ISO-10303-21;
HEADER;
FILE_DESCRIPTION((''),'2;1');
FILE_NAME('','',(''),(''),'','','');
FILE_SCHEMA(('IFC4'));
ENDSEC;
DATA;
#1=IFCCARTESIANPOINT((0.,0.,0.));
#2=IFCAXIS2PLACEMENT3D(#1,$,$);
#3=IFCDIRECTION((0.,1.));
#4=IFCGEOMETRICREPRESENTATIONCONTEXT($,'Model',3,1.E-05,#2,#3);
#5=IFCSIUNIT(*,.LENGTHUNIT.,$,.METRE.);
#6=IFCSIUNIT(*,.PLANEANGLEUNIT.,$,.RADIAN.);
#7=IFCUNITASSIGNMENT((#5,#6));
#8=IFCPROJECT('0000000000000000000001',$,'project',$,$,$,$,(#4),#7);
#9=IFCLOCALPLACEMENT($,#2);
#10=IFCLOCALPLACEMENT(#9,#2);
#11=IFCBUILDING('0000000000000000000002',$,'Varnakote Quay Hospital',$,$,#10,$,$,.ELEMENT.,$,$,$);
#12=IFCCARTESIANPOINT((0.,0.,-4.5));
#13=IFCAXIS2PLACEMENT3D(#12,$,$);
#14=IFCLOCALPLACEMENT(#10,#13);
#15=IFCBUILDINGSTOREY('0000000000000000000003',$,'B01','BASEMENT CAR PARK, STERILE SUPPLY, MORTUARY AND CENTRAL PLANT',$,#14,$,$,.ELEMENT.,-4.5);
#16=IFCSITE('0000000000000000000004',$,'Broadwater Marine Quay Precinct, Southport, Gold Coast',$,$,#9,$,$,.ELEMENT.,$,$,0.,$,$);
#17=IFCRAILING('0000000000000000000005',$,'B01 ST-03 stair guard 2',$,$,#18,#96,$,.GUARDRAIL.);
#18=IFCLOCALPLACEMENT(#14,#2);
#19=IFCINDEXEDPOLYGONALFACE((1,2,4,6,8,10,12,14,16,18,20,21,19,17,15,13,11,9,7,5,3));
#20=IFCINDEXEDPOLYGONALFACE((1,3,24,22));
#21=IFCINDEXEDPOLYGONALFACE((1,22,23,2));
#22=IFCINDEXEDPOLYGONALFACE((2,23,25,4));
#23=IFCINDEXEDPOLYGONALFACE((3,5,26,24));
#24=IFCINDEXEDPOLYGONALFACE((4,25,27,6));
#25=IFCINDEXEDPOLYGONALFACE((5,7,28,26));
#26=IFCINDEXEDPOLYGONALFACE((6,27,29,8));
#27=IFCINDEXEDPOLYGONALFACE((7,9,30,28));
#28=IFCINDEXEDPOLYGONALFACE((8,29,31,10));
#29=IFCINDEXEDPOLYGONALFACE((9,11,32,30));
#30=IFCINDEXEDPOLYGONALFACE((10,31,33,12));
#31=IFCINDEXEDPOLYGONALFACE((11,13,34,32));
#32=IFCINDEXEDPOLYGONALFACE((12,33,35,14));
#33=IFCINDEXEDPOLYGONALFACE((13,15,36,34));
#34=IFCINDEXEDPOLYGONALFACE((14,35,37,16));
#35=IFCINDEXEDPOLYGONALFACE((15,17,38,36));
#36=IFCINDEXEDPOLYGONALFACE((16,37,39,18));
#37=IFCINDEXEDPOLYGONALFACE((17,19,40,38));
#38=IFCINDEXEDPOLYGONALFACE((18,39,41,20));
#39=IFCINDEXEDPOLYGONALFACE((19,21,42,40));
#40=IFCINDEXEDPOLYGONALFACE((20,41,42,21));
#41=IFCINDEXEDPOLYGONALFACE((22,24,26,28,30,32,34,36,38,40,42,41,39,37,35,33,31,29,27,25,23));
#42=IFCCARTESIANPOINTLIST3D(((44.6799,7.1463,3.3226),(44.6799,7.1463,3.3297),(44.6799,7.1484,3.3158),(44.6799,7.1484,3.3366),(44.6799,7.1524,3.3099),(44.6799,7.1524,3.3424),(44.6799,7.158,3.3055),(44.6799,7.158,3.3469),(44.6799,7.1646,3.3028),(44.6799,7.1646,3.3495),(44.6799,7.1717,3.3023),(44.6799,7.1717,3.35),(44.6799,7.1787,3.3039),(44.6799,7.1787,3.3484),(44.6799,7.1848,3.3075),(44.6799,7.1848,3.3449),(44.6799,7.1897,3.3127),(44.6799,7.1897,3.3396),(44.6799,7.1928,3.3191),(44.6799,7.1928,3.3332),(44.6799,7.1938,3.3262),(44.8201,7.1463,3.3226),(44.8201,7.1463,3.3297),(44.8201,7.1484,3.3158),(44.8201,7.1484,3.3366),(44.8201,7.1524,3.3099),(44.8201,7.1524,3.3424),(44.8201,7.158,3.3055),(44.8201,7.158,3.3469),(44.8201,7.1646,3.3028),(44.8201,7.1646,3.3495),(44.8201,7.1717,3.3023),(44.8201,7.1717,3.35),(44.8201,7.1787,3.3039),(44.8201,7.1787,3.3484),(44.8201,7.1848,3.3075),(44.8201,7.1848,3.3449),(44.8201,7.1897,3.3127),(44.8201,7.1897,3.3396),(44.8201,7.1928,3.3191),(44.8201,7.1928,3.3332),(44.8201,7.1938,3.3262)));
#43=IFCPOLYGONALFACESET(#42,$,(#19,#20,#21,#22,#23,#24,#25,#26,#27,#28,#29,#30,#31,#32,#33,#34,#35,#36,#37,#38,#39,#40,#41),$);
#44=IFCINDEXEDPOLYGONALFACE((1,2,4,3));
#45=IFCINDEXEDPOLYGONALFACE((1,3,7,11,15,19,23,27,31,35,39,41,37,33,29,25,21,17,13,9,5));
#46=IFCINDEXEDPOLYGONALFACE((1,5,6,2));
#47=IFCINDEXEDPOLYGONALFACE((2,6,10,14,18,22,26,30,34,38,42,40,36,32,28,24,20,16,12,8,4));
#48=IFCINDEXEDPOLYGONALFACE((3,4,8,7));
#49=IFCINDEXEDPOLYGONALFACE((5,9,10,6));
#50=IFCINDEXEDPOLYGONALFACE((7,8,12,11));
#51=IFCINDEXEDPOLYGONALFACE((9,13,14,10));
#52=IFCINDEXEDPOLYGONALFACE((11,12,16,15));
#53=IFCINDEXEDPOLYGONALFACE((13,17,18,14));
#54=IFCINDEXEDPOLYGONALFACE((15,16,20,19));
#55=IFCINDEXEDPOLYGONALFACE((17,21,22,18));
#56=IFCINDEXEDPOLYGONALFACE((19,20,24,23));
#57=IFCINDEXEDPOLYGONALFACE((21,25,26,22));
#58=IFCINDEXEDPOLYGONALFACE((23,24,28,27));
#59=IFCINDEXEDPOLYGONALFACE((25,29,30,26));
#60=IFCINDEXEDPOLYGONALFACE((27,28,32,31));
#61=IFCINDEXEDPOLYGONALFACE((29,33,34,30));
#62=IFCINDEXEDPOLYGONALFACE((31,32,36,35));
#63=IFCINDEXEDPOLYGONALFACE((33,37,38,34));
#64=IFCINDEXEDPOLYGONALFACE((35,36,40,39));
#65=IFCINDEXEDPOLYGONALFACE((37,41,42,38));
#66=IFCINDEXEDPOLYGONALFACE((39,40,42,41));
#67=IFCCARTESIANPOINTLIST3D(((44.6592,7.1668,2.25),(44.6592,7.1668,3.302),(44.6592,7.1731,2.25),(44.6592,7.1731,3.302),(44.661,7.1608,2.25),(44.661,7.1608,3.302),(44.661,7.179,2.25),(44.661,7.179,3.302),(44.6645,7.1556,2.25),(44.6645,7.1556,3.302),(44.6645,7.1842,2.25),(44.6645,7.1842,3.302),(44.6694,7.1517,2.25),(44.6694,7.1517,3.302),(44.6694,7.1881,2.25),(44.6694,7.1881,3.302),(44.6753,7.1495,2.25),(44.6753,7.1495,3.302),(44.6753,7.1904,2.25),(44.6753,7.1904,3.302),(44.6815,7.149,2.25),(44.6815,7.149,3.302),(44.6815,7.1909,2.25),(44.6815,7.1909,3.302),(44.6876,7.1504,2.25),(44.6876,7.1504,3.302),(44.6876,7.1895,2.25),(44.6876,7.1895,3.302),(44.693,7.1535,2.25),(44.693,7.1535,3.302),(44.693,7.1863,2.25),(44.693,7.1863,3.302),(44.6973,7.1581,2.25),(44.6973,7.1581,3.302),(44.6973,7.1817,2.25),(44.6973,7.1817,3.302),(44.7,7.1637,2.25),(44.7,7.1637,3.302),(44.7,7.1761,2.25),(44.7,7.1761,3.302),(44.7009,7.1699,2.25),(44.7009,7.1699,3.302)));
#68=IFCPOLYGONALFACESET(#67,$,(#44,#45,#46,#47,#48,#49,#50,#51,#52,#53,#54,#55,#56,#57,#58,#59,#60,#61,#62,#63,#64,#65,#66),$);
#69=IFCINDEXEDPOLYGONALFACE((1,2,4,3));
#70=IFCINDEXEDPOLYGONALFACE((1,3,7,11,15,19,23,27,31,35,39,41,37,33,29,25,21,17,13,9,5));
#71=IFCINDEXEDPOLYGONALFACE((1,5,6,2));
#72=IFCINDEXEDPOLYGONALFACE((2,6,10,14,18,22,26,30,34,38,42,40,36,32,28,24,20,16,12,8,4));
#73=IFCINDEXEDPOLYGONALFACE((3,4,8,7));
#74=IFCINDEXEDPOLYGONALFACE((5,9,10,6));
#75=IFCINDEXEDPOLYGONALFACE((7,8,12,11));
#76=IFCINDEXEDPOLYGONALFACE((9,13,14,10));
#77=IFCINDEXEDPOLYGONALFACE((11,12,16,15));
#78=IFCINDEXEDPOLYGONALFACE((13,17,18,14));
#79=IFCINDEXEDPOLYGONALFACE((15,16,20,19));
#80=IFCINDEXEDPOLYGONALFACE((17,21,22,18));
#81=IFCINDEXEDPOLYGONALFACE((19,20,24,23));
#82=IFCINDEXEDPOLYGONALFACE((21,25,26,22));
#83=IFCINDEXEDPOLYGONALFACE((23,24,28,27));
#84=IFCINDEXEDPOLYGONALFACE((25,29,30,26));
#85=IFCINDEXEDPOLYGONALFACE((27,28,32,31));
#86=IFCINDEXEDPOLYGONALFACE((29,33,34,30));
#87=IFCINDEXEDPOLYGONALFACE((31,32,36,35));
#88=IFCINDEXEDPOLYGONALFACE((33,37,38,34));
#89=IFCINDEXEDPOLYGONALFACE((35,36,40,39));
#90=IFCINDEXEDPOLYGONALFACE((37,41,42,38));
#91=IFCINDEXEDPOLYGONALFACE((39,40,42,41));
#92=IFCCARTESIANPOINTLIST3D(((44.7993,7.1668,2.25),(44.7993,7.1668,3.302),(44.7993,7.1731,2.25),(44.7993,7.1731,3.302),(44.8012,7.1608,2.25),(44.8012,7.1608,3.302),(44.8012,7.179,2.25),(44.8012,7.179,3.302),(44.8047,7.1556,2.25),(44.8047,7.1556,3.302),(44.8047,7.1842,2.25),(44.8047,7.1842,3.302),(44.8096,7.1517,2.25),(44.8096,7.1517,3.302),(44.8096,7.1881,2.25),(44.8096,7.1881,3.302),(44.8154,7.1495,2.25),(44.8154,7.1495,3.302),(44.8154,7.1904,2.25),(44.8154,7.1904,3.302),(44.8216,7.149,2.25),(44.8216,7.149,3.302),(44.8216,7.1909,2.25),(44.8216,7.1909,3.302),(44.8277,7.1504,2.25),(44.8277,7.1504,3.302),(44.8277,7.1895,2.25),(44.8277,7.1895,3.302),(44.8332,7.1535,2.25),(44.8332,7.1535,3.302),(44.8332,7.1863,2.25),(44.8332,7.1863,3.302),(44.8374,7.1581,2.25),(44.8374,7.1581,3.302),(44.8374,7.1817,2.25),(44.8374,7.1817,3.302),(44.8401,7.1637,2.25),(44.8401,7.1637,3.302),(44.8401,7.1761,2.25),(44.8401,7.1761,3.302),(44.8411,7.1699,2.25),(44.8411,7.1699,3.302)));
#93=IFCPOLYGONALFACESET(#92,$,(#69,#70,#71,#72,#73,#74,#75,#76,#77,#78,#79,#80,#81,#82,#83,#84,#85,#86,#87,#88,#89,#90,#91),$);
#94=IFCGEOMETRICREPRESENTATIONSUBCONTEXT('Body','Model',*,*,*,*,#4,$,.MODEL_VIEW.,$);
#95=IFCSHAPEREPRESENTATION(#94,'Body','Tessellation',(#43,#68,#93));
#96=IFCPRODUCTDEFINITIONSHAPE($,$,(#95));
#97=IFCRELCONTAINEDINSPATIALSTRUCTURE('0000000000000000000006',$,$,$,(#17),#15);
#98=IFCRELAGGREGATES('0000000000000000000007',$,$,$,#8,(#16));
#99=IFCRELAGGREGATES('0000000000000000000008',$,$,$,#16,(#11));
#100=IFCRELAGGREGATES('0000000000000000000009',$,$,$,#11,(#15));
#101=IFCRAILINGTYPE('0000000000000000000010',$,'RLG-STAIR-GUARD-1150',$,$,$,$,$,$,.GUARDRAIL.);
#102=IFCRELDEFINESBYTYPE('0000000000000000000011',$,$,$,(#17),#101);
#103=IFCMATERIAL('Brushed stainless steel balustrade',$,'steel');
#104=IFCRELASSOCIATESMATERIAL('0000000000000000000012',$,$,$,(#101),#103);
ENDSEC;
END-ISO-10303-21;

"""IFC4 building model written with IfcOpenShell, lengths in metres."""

from ifc_helpers import new_model, si_unit, direction, frame, origin, origin_2d, place, context, subcontext, project, spatial, circle, extrude, material, type_object, element, save


model = new_model("IFC4")

# Units and contexts
model_context = context("Model", 3, precision=1e-05, world=origin(), true_north=direction((0.0, 1.0)))
body_context = subcontext(model_context, "Body", "Model", "MODEL_VIEW")
ifc_project = project(units=[si_unit("LENGTHUNIT", "METRE"), si_unit("PLANEANGLEUNIT", "RADIAN")], contexts=[model_context])

# Site, building, storey
site_placement = place(None, origin())
site = spatial("IfcSite", under=ifc_project, at=site_placement, Name="Broadwater Marine Quay Precinct, Southport, Gold Coast", CompositionType="ELEMENT", RefElevation=0.0)
building_placement = place(site_placement, origin())
building = spatial("IfcBuilding", under=site, at=building_placement, Name="Varnakote Quay Hospital", CompositionType="ELEMENT")
storey_placement = place(building_placement, frame((0.0, 0.0, -4.5)))
storey = spatial("IfcBuildingStorey", under=building, at=storey_placement, Name="B01", Description="BASEMENT CAR PARK, STERILE SUPPLY, MORTUARY AND CENTRAL PLANT", CompositionType="ELEMENT", Elevation=-4.5)

# Railing
ifc_material_1 = material(Name="Brushed stainless steel balustrade", Category="steel")
railing_type_1 = type_object("IfcRailingType", Name="RLG-STAIR-GUARD-1150", PredefinedType="GUARDRAIL", material=ifc_material_1)
railing_1_placement = place(storey_placement, frame((44.6799, 7.1699, 2.25)))
element("IfcRailing", 1, at=railing_1_placement, inside=storey, type_object=railing_type_1, Name="B01 ST-03 stair guard 2", PredefinedType="GUARDRAIL", context=body_context, shape_type="SweptSolid", body=[
    extrude(circle(Radius=0.0239, at=origin_2d()), frame((0.0, 0.0, 1.0762), z_axis=(1.0, 0.0, 0.0), x_axis=(0.0, 1.0, 0.0)), (0.0, 0.0, 1.0), 0.1401),
    extrude(circle(Radius=0.021, at=origin_2d()), origin(), (0.0, 0.0, 1.0), 1.052),
    extrude(circle(Radius=0.021, at=origin_2d()), frame((0.1401, 0.0, 0.0)), (0.0, 0.0, 1.0), 1.052),
])

save(model, "model.ifc")
